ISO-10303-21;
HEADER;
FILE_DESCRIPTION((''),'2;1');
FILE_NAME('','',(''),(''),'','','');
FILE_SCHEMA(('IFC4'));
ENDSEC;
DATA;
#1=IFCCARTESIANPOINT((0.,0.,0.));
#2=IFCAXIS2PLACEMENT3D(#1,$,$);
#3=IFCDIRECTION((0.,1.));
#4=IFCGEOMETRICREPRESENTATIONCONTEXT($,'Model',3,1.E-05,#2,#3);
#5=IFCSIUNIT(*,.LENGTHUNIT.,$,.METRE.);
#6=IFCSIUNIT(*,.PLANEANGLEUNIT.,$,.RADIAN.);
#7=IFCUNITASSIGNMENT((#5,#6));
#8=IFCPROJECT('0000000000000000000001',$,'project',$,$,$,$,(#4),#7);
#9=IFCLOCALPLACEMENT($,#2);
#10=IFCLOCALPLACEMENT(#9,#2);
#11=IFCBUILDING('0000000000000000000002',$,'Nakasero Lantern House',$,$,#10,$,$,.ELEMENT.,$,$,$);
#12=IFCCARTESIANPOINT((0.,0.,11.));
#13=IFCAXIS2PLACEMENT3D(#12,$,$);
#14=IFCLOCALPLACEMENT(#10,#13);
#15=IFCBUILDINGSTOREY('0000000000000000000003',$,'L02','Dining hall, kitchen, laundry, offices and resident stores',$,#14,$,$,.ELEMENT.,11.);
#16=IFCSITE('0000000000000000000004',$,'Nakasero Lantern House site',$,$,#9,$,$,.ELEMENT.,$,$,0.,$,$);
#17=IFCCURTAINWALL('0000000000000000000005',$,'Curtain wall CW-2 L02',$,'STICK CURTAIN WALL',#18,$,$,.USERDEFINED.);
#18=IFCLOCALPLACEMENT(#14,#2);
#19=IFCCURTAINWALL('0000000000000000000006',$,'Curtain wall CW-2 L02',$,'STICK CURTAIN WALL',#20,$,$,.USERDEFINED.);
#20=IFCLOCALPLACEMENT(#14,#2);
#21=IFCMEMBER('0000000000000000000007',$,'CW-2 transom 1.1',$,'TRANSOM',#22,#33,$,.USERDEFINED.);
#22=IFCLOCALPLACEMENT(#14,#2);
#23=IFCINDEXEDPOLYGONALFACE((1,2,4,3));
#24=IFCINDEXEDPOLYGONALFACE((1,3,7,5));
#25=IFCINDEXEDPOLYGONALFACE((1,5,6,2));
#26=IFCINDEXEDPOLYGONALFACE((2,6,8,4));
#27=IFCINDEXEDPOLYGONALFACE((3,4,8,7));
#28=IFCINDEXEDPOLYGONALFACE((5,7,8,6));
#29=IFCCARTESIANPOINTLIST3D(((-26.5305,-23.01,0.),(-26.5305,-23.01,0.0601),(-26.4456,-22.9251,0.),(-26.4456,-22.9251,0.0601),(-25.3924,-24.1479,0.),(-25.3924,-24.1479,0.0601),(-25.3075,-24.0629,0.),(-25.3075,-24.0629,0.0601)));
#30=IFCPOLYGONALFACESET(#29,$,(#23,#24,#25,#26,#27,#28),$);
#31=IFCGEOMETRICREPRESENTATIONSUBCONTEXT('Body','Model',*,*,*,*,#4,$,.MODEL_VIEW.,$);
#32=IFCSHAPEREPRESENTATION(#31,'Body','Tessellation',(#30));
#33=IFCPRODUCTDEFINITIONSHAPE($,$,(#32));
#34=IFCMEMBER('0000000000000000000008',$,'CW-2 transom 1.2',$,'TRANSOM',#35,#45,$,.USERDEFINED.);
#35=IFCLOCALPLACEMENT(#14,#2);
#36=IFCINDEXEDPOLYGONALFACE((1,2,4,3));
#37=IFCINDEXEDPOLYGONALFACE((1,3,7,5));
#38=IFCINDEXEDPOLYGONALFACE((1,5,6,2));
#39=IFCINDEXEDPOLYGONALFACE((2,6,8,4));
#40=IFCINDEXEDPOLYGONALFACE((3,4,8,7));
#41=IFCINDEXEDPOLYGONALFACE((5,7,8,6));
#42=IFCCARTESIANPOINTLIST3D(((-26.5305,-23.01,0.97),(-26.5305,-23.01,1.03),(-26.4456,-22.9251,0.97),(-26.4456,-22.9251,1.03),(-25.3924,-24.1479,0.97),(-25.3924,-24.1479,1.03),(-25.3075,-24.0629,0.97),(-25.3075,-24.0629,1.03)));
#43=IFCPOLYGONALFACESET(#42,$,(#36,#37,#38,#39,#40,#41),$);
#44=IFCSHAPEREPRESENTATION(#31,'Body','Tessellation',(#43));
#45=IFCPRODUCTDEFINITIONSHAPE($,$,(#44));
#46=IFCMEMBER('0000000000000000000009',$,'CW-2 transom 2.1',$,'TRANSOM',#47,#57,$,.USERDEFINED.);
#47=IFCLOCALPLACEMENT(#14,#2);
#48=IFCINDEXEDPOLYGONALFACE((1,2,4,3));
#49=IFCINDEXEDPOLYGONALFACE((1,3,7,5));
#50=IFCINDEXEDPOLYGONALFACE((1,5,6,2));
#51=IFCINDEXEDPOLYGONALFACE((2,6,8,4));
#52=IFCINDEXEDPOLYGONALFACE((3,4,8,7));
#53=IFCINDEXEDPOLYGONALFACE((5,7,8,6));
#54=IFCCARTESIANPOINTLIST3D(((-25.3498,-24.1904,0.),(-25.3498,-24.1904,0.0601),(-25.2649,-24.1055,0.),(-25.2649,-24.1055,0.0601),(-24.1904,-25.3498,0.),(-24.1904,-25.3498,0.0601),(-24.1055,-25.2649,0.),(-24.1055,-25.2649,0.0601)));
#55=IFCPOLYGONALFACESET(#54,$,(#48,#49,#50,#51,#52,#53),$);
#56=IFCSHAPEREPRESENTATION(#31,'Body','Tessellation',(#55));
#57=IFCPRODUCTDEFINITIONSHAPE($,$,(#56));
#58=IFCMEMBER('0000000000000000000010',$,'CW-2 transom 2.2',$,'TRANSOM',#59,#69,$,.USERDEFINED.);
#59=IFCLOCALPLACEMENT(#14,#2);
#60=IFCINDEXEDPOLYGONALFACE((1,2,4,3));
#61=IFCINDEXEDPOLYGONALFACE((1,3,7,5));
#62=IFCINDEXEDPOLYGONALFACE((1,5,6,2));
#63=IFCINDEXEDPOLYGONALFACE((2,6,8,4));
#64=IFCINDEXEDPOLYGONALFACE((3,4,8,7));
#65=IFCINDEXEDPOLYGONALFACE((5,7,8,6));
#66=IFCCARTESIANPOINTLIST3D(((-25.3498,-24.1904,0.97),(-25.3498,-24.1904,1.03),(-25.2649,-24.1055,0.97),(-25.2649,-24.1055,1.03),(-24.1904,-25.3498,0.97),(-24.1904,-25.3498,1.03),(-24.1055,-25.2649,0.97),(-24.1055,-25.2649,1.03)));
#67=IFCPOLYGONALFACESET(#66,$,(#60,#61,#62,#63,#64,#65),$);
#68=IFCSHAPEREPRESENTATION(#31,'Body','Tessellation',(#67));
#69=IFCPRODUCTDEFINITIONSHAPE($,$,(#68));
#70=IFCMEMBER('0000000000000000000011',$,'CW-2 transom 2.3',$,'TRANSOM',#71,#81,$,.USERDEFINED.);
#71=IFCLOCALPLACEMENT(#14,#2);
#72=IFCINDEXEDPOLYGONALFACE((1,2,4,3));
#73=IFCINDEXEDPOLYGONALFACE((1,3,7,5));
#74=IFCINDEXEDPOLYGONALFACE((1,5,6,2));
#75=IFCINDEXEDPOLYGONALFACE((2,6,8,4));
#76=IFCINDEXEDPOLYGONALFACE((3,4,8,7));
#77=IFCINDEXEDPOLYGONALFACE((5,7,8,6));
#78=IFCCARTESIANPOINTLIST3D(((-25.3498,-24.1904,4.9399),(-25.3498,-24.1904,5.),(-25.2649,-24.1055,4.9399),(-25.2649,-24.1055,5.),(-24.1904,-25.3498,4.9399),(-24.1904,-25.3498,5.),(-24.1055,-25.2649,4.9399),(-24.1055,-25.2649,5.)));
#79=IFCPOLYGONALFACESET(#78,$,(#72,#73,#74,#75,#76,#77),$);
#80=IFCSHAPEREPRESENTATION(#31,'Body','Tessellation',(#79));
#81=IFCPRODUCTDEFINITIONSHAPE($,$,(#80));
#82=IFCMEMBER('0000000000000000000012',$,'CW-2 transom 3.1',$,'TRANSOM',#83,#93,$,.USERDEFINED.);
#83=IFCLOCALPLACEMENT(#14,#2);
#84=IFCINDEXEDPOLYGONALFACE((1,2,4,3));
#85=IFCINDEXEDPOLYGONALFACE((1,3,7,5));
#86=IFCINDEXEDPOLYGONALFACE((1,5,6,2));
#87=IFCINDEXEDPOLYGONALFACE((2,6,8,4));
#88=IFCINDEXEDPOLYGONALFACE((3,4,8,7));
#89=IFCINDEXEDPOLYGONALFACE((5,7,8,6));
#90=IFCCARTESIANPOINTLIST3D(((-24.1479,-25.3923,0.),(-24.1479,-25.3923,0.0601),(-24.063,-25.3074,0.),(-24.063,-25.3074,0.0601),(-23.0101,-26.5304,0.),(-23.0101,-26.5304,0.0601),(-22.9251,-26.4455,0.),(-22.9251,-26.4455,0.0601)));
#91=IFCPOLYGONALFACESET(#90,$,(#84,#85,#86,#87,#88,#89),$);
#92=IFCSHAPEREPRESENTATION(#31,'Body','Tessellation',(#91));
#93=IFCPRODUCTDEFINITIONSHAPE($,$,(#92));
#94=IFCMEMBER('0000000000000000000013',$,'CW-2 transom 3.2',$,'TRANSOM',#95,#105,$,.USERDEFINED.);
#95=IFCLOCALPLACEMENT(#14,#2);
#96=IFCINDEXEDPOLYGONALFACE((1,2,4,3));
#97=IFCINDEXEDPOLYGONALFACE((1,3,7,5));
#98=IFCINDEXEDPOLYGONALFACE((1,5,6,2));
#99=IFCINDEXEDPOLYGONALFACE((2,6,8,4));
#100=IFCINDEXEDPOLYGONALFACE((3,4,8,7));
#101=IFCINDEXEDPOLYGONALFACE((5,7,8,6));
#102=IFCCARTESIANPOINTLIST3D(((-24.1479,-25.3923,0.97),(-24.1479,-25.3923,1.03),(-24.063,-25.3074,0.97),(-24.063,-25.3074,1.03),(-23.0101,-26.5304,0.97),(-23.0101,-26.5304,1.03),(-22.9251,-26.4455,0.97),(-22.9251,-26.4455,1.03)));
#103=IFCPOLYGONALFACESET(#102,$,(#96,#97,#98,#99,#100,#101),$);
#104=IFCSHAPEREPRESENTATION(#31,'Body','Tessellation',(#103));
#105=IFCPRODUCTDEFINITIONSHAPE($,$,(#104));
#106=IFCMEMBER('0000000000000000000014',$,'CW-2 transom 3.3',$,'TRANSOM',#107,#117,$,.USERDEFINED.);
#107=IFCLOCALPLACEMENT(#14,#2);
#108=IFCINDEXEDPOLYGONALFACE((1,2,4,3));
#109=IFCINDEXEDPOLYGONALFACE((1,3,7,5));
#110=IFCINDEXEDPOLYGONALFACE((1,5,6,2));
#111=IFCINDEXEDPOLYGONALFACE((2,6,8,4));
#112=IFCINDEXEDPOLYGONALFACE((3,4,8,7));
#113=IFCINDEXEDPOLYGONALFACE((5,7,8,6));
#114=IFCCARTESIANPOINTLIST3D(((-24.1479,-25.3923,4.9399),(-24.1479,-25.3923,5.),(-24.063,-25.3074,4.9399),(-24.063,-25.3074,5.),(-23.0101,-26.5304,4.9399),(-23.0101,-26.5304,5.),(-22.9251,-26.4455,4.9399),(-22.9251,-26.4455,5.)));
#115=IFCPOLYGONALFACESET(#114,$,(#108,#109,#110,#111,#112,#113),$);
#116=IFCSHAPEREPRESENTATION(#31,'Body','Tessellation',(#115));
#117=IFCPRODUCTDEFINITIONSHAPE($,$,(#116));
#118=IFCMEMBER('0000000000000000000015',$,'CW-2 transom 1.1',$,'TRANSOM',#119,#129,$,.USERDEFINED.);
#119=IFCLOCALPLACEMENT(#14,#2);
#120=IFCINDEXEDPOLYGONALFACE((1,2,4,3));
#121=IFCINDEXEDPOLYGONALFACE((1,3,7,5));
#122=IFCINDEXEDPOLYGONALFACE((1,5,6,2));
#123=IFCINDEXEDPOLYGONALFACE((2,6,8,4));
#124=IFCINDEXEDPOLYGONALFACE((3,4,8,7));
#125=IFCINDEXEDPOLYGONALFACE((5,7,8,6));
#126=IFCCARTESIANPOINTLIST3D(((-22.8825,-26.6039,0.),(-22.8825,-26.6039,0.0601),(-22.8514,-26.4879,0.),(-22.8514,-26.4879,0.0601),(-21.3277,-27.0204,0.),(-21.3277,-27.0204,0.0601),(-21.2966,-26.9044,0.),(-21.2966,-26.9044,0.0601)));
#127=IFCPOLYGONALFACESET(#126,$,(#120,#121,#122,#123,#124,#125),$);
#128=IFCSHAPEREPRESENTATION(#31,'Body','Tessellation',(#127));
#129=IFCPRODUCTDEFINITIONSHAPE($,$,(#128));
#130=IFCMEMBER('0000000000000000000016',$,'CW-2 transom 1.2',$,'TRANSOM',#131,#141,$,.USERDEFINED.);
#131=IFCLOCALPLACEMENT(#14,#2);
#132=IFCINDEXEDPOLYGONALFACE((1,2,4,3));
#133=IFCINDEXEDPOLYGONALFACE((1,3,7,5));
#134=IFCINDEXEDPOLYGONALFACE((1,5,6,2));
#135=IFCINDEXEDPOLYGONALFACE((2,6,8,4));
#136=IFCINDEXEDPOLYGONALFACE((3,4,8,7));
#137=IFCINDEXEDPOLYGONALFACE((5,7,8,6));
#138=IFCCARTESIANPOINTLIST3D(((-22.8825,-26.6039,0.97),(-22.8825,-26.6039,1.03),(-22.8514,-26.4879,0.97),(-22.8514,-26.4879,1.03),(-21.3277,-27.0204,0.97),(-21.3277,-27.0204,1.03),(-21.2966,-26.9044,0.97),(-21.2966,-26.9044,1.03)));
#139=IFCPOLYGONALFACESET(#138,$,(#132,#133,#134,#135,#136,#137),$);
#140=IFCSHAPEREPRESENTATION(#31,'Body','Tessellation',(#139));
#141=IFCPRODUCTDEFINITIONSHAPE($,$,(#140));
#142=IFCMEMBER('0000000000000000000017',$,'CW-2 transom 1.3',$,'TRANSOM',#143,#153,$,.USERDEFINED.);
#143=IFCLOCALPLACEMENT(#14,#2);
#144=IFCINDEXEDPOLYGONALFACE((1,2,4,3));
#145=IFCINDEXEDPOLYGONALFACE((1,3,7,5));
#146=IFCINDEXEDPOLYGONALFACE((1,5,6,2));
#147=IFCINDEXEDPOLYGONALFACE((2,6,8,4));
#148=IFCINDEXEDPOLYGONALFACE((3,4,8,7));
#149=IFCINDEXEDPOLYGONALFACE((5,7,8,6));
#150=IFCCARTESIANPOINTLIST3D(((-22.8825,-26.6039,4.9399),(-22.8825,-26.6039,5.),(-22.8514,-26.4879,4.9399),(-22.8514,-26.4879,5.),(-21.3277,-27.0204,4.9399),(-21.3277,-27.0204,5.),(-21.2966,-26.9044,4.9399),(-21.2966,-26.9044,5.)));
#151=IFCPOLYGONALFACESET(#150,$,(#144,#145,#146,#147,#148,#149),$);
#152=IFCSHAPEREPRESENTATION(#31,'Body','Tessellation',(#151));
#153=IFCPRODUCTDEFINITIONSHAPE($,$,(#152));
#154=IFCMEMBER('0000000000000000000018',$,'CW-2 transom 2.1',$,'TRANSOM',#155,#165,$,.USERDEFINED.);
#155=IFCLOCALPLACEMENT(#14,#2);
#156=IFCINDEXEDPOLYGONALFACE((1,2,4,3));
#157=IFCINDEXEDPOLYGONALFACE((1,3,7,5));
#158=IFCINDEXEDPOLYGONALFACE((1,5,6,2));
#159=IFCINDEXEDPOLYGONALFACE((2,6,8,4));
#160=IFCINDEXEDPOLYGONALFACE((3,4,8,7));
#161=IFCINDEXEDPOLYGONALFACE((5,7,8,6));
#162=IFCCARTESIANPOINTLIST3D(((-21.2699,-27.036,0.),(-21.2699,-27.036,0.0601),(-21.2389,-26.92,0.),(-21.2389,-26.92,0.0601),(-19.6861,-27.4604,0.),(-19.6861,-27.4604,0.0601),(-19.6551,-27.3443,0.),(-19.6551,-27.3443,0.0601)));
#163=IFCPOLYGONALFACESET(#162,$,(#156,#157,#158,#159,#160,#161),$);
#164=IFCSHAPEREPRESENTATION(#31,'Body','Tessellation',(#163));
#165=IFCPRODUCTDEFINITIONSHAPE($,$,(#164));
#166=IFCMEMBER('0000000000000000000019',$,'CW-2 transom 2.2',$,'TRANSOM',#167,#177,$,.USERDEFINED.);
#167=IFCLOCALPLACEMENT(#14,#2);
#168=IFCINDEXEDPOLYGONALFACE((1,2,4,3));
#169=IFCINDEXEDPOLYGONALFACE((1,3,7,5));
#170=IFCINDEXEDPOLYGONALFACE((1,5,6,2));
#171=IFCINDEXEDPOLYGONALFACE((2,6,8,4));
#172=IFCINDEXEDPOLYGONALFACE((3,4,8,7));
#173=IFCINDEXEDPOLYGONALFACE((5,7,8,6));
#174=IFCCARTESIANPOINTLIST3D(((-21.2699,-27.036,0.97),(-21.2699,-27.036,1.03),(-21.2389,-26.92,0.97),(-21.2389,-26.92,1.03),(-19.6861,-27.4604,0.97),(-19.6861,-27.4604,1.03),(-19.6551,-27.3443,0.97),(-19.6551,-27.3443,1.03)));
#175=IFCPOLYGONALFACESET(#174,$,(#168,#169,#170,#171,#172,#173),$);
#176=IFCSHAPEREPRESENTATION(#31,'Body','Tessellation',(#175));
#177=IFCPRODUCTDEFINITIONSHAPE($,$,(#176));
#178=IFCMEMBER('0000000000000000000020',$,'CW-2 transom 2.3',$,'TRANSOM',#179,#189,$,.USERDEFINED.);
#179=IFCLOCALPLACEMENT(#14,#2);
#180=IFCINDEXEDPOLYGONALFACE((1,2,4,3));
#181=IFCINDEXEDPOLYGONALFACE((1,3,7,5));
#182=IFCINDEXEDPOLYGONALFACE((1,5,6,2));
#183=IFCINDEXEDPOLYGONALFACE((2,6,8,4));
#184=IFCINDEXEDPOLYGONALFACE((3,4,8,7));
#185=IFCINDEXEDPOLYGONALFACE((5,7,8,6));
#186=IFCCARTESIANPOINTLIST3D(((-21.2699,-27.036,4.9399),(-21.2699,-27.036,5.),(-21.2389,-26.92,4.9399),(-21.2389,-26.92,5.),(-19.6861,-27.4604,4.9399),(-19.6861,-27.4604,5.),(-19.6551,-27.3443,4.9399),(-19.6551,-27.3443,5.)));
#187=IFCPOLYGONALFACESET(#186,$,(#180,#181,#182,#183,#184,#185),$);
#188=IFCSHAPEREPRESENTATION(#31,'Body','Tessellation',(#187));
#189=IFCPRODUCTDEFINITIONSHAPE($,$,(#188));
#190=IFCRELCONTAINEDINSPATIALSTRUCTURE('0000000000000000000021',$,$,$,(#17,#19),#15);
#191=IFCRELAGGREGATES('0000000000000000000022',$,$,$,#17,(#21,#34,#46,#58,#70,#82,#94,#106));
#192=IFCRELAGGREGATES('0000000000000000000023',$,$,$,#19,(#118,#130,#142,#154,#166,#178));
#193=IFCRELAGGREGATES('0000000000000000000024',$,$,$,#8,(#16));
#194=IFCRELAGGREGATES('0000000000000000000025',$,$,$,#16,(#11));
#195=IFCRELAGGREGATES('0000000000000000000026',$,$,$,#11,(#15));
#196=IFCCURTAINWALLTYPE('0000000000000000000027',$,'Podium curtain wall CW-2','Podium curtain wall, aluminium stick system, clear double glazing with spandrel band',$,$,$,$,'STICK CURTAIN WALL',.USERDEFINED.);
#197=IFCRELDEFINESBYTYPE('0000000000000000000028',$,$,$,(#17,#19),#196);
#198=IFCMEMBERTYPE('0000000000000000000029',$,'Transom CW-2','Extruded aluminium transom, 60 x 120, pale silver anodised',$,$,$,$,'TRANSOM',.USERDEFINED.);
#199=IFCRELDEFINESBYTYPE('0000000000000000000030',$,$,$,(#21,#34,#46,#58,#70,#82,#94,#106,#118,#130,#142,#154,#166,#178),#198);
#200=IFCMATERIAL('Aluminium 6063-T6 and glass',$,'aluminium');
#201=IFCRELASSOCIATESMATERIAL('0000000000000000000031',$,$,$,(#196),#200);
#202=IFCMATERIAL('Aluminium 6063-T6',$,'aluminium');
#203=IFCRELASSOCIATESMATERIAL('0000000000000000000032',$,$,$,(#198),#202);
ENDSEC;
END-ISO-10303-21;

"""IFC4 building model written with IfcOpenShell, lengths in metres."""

from ifc_helpers import new_model, si_unit, direction, frame, origin, origin_2d, place, context, subcontext, project, spatial, rectangle, extrude, material, material_profile, profile_set, type_object, element, aggregate, save


model = new_model("IFC4")

# Units and contexts
model_context = context("Model", 3, precision=1e-05, world=origin(), true_north=direction((0.0, 1.0)))
body_context = subcontext(model_context, "Body", "Model", "MODEL_VIEW")
ifc_project = project(units=[si_unit("LENGTHUNIT", "METRE"), si_unit("PLANEANGLEUNIT", "RADIAN")], contexts=[model_context])

# Site, building, storey
site_placement = place(None, origin())
site = spatial("IfcSite", under=ifc_project, at=site_placement, Name="Nakasero Lantern House site", CompositionType="ELEMENT", RefElevation=0.0)
building_placement = place(site_placement, origin())
building = spatial("IfcBuilding", under=site, at=building_placement, Name="Nakasero Lantern House", CompositionType="ELEMENT")
storey_placement = place(building_placement, frame((0.0, 0.0, 11.0)))
storey = spatial("IfcBuildingStorey", under=building, at=storey_placement, Name="L02", Description="Dining hall, kitchen, laundry, offices and resident stores", CompositionType="ELEMENT", Elevation=11.0)

# Curtain walls
ifc_material_1 = material(Name="Aluminium 6063-T6 and glass", Category="aluminium")
curtain_wall_type = type_object("IfcCurtainWallType", Name="Podium curtain wall CW-2", Description="Podium curtain wall, aluminium stick system, clear double glazing with spandrel band", ElementType="STICK CURTAIN WALL", PredefinedType="USERDEFINED", material=ifc_material_1)
curtain_wall_1_placement = place(storey_placement, origin())
curtain_wall_1 = element("IfcCurtainWall", 1, at=curtain_wall_1_placement, inside=storey, type_object=curtain_wall_type, Name="Curtain wall CW-2 L02", ObjectType="STICK CURTAIN WALL", PredefinedType="USERDEFINED")
curtain_wall_2_placement = place(storey_placement, origin())
curtain_wall_2 = element("IfcCurtainWall", 2, at=curtain_wall_2_placement, inside=storey, type_object=curtain_wall_type, Name="Curtain wall CW-2 L02", ObjectType="STICK CURTAIN WALL", PredefinedType="USERDEFINED")

# Members
ifc_material_2 = material(Name="Aluminium 6063-T6", Category="aluminium")
ifc_material_profile_1 = material_profile(ifc_material_2, rectangle(XDim=0.0601, YDim=0.1201, at=origin_2d()), Name="CW-2 transom 60x120")
ifc_profile_set_1 = profile_set([ifc_material_profile_1], Name="Aluminium 6063-T6")
member_type_1 = type_object("IfcMemberType", Name="Transom CW-2", Description="Extruded aluminium transom, 60 x 120, pale silver anodised", ElementType="TRANSOM", PredefinedType="USERDEFINED", material=ifc_profile_set_1)
member_1_placement = place(storey_placement, frame((-26.488, -22.9675, 0.03), z_axis=(0.707183, -0.707031, 0.0), x_axis=(0.0, 0.0, 1.0)))
member_1 = element("IfcMember", 3, at=member_1_placement, type_object=member_type_1, Name="CW-2 transom 1.1", ObjectType="TRANSOM", PredefinedType="USERDEFINED", context=body_context, shape_type="SweptSolid", body=[
    extrude(rectangle(XDim=0.0601, YDim=0.1201, at=origin_2d()), origin(), (0.0, 0.0, 1.0), 1.6094),
])
member_2_placement = place(storey_placement, frame((-26.488, -22.9675, 1.0), z_axis=(0.707183, -0.707031, 0.0), x_axis=(0.0, 0.0, 1.0)))
member_2 = element("IfcMember", 4, at=member_2_placement, type_object=member_type_1, Name="CW-2 transom 1.2", ObjectType="TRANSOM", PredefinedType="USERDEFINED", context=body_context, shape_type="SweptSolid", body=[
    extrude(rectangle(XDim=0.0601, YDim=0.1201, at=origin_2d()), origin(), (0.0, 0.0, 1.0), 1.6094),
])
member_3_placement = place(storey_placement, frame((-25.3074, -24.1479, 0.03), z_axis=(0.707107, -0.707107, 0.0), x_axis=(0.0, 0.0, 1.0)))
member_3 = element("IfcMember", 5, at=member_3_placement, type_object=member_type_1, Name="CW-2 transom 2.1", ObjectType="TRANSOM", PredefinedType="USERDEFINED", context=body_context, shape_type="SweptSolid", body=[
    extrude(rectangle(XDim=0.0601, YDim=0.1201, at=origin_2d()), origin(), (0.0, 0.0, 1.0), 1.6396),
])
member_4_placement = place(storey_placement, frame((-25.3074, -24.1479, 1.0), z_axis=(0.707107, -0.707107, 0.0), x_axis=(0.0, 0.0, 1.0)))
member_4 = element("IfcMember", 6, at=member_4_placement, type_object=member_type_1, Name="CW-2 transom 2.2", ObjectType="TRANSOM", PredefinedType="USERDEFINED", context=body_context, shape_type="SweptSolid", body=[
    extrude(rectangle(XDim=0.0601, YDim=0.1201, at=origin_2d()), origin(), (0.0, 0.0, 1.0), 1.6396),
])
member_5_placement = place(storey_placement, frame((-25.3074, -24.1479, 4.97), z_axis=(0.707107, -0.707107, 0.0), x_axis=(0.0, 0.0, 1.0)))
member_5 = element("IfcMember", 7, at=member_5_placement, type_object=member_type_1, Name="CW-2 transom 2.3", ObjectType="TRANSOM", PredefinedType="USERDEFINED", context=body_context, shape_type="SweptSolid", body=[
    extrude(rectangle(XDim=0.0601, YDim=0.1201, at=origin_2d()), origin(), (0.0, 0.0, 1.0), 1.6396),
])
member_6_placement = place(storey_placement, frame((-24.1055, -25.3499, 0.03), z_axis=(0.707031, -0.707183, 0.0), x_axis=(0.0, 0.0, 1.0)))
member_6 = element("IfcMember", 8, at=member_6_placement, type_object=member_type_1, Name="CW-2 transom 3.1", ObjectType="TRANSOM", PredefinedType="USERDEFINED", context=body_context, shape_type="SweptSolid", body=[
    extrude(rectangle(XDim=0.0601, YDim=0.1201, at=origin_2d()), origin(), (0.0, 0.0, 1.0), 1.6094),
])
member_7_placement = place(storey_placement, frame((-24.1055, -25.3499, 1.0), z_axis=(0.707031, -0.707183, 0.0), x_axis=(0.0, 0.0, 1.0)))
member_7 = element("IfcMember", 9, at=member_7_placement, type_object=member_type_1, Name="CW-2 transom 3.2", ObjectType="TRANSOM", PredefinedType="USERDEFINED", context=body_context, shape_type="SweptSolid", body=[
    extrude(rectangle(XDim=0.0601, YDim=0.1201, at=origin_2d()), origin(), (0.0, 0.0, 1.0), 1.6094),
])
member_8_placement = place(storey_placement, frame((-24.1055, -25.3499, 4.97), z_axis=(0.707031, -0.707183, 0.0), x_axis=(0.0, 0.0, 1.0)))
member_8 = element("IfcMember", 10, at=member_8_placement, type_object=member_type_1, Name="CW-2 transom 3.3", ObjectType="TRANSOM", PredefinedType="USERDEFINED", context=body_context, shape_type="SweptSolid", body=[
    extrude(rectangle(XDim=0.0601, YDim=0.1201, at=origin_2d()), origin(), (0.0, 0.0, 1.0), 1.6094),
])
member_9_placement = place(storey_placement, frame((-22.8669, -26.5459, 0.03), z_axis=(0.965937, -0.258777, 0.0), x_axis=(0.0, 0.0, 1.0)))
member_9 = element("IfcMember", 11, at=member_9_placement, type_object=member_type_1, Name="CW-2 transom 1.1", ObjectType="TRANSOM", PredefinedType="USERDEFINED", context=body_context, shape_type="SweptSolid", body=[
    extrude(rectangle(XDim=0.0601, YDim=0.1201, at=origin_2d()), origin(), (0.0, 0.0, 1.0), 1.6096),
])
member_10_placement = place(storey_placement, frame((-22.8669, -26.5459, 1.0), z_axis=(0.965937, -0.258777, 0.0), x_axis=(0.0, 0.0, 1.0)))
member_10 = element("IfcMember", 12, at=member_10_placement, type_object=member_type_1, Name="CW-2 transom 1.2", ObjectType="TRANSOM", PredefinedType="USERDEFINED", context=body_context, shape_type="SweptSolid", body=[
    extrude(rectangle(XDim=0.0601, YDim=0.1201, at=origin_2d()), origin(), (0.0, 0.0, 1.0), 1.6096),
])
member_11_placement = place(storey_placement, frame((-22.8669, -26.5459, 4.97), z_axis=(0.965937, -0.258777, 0.0), x_axis=(0.0, 0.0, 1.0)))
member_11 = element("IfcMember", 13, at=member_11_placement, type_object=member_type_1, Name="CW-2 transom 1.3", ObjectType="TRANSOM", PredefinedType="USERDEFINED", context=body_context, shape_type="SweptSolid", body=[
    extrude(rectangle(XDim=0.0601, YDim=0.1201, at=origin_2d()), origin(), (0.0, 0.0, 1.0), 1.6096),
])
member_12_placement = place(storey_placement, frame((-21.2544, -26.978, 0.03), z_axis=(0.965933, -0.258793, 0.0), x_axis=(0.0, 0.0, 1.0)))
member_12 = element("IfcMember", 14, at=member_12_placement, type_object=member_type_1, Name="CW-2 transom 2.1", ObjectType="TRANSOM", PredefinedType="USERDEFINED", context=body_context, shape_type="SweptSolid", body=[
    extrude(rectangle(XDim=0.0601, YDim=0.1201, at=origin_2d()), origin(), (0.0, 0.0, 1.0), 1.6396),
])
member_13_placement = place(storey_placement, frame((-21.2544, -26.978, 1.0), z_axis=(0.965933, -0.258793, 0.0), x_axis=(0.0, 0.0, 1.0)))
member_13 = element("IfcMember", 15, at=member_13_placement, type_object=member_type_1, Name="CW-2 transom 2.2", ObjectType="TRANSOM", PredefinedType="USERDEFINED", context=body_context, shape_type="SweptSolid", body=[
    extrude(rectangle(XDim=0.0601, YDim=0.1201, at=origin_2d()), origin(), (0.0, 0.0, 1.0), 1.6396),
])
member_14_placement = place(storey_placement, frame((-21.2544, -26.978, 4.97), z_axis=(0.965933, -0.258793, 0.0), x_axis=(0.0, 0.0, 1.0)))
member_14 = element("IfcMember", 16, at=member_14_placement, type_object=member_type_1, Name="CW-2 transom 2.3", ObjectType="TRANSOM", PredefinedType="USERDEFINED", context=body_context, shape_type="SweptSolid", body=[
    extrude(rectangle(XDim=0.0601, YDim=0.1201, at=origin_2d()), origin(), (0.0, 0.0, 1.0), 1.6396),
])

aggregate(curtain_wall_1, [member_1, member_2, member_3, member_4, member_5, member_6, member_7, member_8])
aggregate(curtain_wall_2, [member_9, member_10, member_11, member_12, member_13, member_14])

save(model, "model.ifc")
